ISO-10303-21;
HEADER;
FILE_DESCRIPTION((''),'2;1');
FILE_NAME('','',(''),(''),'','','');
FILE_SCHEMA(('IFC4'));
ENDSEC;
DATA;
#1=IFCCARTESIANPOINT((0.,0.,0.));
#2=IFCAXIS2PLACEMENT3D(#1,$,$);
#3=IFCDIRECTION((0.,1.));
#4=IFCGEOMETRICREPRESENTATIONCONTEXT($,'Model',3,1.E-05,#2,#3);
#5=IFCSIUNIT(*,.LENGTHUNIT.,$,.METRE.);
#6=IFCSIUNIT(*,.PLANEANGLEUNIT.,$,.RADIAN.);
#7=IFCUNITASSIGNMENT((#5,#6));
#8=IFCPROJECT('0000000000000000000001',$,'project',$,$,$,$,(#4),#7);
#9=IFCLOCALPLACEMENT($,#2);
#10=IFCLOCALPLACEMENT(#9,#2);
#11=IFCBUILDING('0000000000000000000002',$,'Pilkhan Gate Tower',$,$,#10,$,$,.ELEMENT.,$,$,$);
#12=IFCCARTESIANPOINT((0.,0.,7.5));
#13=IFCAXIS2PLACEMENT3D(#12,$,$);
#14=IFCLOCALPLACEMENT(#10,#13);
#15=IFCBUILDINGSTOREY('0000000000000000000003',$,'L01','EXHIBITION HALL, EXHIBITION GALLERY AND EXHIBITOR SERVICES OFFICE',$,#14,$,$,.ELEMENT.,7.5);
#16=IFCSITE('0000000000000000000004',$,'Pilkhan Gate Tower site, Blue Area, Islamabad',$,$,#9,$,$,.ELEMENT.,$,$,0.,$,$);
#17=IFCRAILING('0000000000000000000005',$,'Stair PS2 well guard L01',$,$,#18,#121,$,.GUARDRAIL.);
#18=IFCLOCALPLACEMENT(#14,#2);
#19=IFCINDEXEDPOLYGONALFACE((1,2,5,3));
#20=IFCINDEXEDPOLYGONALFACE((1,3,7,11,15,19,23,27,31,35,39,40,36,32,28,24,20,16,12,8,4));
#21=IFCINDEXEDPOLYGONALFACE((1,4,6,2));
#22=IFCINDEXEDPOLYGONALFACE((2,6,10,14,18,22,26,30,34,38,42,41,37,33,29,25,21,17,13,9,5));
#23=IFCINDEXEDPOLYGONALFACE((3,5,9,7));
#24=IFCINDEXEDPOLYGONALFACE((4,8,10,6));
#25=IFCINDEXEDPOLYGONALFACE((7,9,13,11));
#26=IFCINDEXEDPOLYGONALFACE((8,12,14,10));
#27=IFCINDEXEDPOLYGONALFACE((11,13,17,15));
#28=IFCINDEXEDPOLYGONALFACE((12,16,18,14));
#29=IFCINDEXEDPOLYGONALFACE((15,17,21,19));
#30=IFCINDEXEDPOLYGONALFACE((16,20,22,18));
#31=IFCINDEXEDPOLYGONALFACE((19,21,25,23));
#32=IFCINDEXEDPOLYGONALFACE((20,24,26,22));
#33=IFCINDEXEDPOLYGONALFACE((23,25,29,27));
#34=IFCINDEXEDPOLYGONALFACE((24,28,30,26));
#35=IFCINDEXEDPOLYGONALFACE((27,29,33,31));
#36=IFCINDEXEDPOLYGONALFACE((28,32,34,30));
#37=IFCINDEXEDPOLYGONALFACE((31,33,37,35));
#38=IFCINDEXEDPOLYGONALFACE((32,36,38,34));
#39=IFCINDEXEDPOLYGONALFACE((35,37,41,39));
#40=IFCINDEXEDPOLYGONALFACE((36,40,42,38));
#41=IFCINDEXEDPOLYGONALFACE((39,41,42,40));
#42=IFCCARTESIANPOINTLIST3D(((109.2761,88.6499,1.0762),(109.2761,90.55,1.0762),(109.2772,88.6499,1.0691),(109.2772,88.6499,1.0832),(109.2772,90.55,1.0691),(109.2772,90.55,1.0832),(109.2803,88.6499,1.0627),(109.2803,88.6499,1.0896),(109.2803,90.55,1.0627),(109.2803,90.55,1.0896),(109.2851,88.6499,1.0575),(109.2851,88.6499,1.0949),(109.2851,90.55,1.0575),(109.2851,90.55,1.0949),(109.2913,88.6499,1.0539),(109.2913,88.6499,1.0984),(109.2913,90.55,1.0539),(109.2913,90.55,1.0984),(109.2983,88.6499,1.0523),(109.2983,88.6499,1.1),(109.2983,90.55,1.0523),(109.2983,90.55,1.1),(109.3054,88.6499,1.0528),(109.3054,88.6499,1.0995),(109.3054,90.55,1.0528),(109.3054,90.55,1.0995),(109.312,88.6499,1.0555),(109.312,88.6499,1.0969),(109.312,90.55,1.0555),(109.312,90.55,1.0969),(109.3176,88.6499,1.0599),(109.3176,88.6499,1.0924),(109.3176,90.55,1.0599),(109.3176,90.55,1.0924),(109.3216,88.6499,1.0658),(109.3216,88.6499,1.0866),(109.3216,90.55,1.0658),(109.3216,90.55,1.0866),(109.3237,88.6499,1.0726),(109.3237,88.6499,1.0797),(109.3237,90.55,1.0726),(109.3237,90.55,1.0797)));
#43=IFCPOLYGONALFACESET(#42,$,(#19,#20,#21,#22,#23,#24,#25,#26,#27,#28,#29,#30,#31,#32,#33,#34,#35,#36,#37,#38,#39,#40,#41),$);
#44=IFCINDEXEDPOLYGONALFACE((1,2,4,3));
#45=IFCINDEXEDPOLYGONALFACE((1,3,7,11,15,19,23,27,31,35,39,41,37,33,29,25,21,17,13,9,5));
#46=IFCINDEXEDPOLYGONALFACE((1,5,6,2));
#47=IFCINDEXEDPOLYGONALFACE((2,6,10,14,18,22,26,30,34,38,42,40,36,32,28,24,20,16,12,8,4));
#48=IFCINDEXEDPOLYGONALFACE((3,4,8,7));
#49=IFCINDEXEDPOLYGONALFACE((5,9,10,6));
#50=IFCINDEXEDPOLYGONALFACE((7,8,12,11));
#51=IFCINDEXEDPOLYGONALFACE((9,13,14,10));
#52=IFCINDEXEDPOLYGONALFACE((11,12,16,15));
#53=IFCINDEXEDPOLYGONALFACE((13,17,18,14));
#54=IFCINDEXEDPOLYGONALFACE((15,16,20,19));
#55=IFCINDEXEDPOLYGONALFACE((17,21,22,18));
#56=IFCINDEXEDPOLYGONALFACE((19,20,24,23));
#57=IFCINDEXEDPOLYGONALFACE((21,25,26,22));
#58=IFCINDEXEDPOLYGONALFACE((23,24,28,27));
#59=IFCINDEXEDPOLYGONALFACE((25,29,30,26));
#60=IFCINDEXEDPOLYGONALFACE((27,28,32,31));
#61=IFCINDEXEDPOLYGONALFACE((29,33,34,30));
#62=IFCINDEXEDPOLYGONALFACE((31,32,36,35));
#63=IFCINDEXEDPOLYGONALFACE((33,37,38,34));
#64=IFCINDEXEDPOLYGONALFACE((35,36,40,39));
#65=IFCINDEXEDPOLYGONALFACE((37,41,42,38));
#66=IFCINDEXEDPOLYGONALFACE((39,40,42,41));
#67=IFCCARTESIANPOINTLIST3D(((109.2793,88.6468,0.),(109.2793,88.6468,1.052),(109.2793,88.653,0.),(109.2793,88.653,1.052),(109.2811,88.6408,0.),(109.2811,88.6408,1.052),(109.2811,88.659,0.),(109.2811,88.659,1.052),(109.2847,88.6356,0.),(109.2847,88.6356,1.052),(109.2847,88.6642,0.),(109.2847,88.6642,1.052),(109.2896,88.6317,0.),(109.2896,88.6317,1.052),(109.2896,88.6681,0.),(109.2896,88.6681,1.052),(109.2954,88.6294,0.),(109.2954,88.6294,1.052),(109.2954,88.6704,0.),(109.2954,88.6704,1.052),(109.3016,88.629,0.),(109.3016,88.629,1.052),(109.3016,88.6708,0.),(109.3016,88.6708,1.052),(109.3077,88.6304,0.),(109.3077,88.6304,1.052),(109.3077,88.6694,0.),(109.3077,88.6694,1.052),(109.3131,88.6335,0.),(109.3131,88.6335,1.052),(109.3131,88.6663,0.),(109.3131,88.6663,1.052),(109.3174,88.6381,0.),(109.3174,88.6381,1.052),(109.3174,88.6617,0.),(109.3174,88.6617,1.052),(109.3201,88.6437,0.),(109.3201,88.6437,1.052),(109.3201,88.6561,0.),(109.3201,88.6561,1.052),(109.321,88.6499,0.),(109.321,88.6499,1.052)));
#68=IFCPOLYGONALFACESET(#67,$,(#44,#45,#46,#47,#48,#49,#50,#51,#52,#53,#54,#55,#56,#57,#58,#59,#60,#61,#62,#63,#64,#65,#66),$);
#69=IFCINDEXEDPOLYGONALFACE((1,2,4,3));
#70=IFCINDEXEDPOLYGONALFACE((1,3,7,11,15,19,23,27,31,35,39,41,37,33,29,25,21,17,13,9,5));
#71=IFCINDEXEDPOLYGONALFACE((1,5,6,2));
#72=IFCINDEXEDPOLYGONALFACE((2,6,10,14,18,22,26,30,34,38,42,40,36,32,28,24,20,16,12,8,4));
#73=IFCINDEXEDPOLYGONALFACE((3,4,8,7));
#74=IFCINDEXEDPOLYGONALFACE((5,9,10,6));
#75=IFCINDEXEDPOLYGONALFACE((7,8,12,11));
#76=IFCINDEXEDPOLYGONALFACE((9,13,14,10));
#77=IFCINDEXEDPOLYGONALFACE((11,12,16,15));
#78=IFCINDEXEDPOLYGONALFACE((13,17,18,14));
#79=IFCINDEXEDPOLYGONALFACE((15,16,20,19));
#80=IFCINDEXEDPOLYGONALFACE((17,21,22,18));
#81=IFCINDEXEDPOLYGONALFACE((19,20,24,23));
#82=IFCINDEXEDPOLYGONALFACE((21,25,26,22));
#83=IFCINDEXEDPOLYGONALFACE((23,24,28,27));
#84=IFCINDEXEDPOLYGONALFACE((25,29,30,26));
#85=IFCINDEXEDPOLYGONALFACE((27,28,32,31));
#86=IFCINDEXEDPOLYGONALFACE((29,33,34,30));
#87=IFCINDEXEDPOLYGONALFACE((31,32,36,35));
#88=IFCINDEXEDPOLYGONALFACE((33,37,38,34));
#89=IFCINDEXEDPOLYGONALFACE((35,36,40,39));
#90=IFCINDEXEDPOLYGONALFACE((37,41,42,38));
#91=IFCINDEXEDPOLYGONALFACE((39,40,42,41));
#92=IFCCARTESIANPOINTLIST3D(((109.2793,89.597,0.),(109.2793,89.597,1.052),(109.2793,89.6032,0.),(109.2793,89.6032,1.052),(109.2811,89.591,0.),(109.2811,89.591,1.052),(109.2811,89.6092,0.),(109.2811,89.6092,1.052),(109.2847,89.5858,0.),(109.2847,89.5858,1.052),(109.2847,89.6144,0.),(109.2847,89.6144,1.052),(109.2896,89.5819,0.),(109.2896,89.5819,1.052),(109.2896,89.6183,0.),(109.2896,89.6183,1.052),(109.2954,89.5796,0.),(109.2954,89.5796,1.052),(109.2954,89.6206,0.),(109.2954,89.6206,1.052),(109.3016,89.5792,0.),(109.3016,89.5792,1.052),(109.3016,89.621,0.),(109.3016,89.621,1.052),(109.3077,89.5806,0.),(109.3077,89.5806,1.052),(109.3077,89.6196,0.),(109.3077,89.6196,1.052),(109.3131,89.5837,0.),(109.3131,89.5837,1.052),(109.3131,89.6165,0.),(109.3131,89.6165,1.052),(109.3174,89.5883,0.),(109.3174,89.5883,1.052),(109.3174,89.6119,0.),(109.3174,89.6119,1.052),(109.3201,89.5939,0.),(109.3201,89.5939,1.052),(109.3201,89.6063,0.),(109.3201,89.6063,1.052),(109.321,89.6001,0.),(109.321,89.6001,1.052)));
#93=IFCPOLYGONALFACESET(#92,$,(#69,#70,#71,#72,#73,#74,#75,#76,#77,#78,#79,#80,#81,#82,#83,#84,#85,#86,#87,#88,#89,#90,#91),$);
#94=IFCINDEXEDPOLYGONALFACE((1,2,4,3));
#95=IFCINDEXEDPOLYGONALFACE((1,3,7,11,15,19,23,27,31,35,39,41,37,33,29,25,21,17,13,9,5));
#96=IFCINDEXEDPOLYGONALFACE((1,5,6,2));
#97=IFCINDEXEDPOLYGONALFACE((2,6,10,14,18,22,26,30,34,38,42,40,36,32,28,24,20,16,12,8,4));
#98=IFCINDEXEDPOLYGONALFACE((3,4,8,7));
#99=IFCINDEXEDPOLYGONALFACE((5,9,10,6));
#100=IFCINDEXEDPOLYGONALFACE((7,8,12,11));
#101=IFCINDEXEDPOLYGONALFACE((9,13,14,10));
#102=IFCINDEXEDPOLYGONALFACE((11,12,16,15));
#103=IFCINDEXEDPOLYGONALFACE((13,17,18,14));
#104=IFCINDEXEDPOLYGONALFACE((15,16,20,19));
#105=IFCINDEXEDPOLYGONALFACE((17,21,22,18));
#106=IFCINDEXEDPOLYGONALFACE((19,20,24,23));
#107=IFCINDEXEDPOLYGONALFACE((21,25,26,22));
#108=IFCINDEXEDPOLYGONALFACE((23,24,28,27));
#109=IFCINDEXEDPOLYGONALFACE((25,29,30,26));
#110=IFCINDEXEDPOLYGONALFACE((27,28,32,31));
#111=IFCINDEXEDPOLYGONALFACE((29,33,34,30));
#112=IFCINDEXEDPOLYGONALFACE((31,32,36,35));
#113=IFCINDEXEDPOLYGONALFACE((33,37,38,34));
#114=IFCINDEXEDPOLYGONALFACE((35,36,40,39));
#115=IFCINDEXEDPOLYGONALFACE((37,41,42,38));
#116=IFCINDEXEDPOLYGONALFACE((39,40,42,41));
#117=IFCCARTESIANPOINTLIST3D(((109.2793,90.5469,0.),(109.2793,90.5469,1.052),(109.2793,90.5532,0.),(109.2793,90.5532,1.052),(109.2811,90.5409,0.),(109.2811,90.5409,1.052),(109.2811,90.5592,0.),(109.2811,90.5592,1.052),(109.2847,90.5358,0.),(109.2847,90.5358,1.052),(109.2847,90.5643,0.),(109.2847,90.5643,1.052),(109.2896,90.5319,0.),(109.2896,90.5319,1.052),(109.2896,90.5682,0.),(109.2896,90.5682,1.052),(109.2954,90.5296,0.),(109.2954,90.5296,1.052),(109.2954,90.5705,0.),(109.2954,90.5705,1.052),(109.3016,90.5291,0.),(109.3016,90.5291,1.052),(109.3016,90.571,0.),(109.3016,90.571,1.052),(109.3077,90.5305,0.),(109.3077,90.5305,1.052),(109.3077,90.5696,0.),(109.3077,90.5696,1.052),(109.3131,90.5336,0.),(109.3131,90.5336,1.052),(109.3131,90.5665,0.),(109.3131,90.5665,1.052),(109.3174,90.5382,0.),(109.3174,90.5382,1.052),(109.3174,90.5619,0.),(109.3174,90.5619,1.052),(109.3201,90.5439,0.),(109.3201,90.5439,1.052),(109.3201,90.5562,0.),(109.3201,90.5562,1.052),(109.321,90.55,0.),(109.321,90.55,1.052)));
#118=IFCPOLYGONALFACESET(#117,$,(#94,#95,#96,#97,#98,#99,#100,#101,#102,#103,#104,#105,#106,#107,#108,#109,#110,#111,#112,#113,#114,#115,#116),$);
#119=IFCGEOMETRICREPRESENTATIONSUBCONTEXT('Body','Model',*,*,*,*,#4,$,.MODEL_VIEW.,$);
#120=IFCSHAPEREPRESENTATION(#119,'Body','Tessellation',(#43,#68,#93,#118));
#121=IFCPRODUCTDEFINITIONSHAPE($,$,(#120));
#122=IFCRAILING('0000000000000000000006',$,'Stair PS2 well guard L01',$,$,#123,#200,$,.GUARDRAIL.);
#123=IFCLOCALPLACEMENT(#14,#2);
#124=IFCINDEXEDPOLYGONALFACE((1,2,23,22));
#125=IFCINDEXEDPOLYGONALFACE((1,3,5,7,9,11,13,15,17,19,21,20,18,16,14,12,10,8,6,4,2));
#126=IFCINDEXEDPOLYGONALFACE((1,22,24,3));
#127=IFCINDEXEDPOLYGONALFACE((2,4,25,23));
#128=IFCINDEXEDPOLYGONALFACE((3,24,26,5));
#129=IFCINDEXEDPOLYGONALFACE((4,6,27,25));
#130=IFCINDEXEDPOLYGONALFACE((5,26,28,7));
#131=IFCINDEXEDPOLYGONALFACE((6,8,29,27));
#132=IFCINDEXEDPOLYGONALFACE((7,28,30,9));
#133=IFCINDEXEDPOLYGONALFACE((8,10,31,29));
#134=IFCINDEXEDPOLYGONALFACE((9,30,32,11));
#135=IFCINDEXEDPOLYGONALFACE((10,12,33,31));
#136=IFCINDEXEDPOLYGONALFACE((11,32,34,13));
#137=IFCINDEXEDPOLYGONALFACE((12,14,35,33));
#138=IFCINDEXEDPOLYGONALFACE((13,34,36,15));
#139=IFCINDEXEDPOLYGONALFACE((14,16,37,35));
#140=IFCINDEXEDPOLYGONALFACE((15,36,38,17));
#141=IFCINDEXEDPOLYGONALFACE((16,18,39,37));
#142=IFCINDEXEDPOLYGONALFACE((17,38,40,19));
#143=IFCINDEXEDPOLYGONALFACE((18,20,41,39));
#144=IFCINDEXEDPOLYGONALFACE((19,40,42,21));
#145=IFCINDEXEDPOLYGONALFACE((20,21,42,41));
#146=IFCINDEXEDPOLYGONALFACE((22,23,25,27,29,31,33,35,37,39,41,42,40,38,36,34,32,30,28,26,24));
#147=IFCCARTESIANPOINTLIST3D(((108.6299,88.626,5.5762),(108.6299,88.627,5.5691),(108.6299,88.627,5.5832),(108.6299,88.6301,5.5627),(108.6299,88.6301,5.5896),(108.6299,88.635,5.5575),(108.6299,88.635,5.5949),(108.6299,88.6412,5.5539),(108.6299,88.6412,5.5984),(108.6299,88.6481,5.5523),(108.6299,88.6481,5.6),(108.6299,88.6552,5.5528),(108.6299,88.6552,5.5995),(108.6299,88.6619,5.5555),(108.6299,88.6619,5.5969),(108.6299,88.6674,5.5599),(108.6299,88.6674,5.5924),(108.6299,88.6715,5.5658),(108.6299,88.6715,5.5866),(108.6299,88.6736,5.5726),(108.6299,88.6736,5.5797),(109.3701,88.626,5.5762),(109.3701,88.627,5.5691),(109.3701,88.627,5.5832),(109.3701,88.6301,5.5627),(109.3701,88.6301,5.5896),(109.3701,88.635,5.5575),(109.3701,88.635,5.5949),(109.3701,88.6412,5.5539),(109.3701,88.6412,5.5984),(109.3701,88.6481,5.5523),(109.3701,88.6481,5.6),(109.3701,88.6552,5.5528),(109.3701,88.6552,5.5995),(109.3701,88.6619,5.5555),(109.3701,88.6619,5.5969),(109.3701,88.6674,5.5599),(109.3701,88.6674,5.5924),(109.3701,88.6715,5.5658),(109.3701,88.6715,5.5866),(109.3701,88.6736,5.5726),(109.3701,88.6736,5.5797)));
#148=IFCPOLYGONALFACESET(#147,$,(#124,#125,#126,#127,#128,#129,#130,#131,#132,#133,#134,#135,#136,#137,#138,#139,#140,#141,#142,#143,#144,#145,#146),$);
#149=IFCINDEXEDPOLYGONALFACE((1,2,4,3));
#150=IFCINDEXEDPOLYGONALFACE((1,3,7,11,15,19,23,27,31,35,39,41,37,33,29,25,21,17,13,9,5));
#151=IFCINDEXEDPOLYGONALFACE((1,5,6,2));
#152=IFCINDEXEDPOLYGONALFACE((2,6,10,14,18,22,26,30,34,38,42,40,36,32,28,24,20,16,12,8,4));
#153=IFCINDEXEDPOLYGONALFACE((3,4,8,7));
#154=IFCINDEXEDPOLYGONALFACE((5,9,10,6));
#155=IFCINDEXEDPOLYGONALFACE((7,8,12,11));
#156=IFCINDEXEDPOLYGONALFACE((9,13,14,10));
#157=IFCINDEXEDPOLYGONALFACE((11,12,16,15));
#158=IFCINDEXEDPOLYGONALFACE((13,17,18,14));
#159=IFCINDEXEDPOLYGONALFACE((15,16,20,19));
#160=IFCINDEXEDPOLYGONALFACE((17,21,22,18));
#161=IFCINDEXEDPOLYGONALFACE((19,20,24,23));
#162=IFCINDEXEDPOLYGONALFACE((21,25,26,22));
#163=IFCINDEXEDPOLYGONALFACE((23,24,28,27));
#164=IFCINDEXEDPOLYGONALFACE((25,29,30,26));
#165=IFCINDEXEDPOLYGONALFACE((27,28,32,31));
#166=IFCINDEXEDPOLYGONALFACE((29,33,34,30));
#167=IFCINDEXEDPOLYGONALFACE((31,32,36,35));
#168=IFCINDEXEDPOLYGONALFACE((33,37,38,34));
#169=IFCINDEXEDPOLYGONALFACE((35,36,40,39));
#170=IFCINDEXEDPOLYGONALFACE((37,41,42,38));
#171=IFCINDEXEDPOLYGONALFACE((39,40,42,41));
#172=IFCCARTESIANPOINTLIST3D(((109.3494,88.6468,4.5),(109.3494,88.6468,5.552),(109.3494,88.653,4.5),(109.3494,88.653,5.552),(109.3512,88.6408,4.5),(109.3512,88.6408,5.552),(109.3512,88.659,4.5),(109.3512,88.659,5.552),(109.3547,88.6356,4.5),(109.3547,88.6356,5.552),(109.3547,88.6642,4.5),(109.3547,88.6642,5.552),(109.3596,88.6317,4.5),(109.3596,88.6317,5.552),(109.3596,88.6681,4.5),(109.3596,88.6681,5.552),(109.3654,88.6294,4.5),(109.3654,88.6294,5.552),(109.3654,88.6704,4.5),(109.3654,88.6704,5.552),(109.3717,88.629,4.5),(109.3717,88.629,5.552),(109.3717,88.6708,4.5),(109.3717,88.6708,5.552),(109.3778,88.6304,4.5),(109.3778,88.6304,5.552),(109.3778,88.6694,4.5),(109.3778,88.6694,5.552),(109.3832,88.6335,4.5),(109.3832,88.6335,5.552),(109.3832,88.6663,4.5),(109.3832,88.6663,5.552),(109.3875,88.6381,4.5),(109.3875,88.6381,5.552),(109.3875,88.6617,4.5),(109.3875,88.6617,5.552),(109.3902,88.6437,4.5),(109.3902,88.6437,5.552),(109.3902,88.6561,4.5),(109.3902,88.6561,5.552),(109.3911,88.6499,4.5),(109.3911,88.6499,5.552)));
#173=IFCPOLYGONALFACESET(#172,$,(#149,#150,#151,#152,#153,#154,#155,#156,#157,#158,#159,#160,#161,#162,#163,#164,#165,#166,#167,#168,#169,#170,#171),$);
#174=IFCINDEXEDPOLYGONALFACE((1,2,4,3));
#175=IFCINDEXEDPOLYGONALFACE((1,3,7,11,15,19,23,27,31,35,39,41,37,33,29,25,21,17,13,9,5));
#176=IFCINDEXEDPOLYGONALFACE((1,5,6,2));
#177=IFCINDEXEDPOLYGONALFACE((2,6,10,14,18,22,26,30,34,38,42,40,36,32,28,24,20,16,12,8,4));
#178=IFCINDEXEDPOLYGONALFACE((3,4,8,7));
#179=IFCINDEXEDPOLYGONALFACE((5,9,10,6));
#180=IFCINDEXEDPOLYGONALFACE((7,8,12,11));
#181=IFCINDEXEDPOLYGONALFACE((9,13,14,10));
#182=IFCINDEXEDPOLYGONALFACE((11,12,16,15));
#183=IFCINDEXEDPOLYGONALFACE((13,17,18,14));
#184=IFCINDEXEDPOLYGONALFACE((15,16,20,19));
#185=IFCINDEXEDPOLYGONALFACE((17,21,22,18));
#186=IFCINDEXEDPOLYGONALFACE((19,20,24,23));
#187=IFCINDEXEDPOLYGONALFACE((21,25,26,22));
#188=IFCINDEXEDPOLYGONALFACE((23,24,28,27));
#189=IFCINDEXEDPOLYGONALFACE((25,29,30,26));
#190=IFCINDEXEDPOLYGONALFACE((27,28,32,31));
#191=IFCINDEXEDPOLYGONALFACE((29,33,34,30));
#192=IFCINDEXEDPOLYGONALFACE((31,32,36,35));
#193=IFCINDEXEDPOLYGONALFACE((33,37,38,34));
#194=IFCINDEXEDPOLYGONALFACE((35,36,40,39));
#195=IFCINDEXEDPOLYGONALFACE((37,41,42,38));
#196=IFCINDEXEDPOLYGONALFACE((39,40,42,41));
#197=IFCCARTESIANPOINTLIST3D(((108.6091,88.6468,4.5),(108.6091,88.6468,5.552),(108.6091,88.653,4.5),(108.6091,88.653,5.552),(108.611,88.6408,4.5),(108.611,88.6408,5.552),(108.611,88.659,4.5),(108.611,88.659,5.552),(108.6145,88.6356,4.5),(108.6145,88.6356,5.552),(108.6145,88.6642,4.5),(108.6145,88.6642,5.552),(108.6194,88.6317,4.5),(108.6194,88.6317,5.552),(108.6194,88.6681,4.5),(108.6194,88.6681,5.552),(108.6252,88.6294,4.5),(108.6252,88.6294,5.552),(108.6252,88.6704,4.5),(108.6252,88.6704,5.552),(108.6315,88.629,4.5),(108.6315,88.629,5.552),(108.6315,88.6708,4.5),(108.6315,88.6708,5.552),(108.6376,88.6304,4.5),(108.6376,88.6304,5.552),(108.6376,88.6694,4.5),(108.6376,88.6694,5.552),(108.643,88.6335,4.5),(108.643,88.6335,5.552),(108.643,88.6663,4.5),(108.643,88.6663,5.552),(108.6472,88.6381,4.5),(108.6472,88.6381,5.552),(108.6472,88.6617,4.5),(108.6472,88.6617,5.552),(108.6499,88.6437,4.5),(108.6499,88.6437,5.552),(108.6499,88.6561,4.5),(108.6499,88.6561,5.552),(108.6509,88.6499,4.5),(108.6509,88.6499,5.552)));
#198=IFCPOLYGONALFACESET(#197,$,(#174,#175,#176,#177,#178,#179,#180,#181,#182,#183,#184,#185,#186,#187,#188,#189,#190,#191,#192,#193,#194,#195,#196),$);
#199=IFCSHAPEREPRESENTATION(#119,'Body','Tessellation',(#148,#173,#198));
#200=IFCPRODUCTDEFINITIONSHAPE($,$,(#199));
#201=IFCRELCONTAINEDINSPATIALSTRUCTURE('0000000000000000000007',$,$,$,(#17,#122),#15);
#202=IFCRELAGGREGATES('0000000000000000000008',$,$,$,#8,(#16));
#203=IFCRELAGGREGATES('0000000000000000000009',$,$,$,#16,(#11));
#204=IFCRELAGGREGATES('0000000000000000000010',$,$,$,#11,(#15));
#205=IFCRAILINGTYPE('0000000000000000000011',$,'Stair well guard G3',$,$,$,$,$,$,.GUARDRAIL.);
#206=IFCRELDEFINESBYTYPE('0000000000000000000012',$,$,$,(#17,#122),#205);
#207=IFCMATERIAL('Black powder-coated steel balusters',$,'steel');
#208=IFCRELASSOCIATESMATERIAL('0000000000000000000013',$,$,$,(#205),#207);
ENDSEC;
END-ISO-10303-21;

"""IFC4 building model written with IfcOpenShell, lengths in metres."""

from ifc_helpers import new_model, si_unit, direction, frame, origin, origin_2d, place, context, subcontext, project, spatial, circle, extrude, material, type_object, element, save


model = new_model("IFC4")

# Units and contexts
model_context = context("Model", 3, precision=1e-05, world=origin(), true_north=direction((0.0, 1.0)))
body_context = subcontext(model_context, "Body", "Model", "MODEL_VIEW")
ifc_project = project(units=[si_unit("LENGTHUNIT", "METRE"), si_unit("PLANEANGLEUNIT", "RADIAN")], contexts=[model_context])

# Site, building, storey
site_placement = place(None, origin())
site = spatial("IfcSite", under=ifc_project, at=site_placement, Name="Pilkhan Gate Tower site, Blue Area, Islamabad", CompositionType="ELEMENT", RefElevation=0.0)
building_placement = place(site_placement, origin())
building = spatial("IfcBuilding", under=site, at=building_placement, Name="Pilkhan Gate Tower", CompositionType="ELEMENT")
storey_placement = place(building_placement, frame((0.0, 0.0, 7.5)))
storey = spatial("IfcBuildingStorey", under=building, at=storey_placement, Name="L01", Description="EXHIBITION HALL, EXHIBITION GALLERY AND EXHIBITOR SERVICES OFFICE", CompositionType="ELEMENT", Elevation=7.5)

# Railings
ifc_material_1 = material(Name="Black powder-coated steel balusters", Category="steel")
railing_type = type_object("IfcRailingType", Name="Stair well guard G3", PredefinedType="GUARDRAIL", material=ifc_material_1)
railing_1_placement = place(storey_placement, frame((109.3, 88.6499, 0.0)))
element("IfcRailing", 1, at=railing_1_placement, inside=storey, type_object=railing_type, Name="Stair PS2 well guard L01", PredefinedType="GUARDRAIL", context=body_context, shape_type="SweptSolid", body=[
    extrude(circle(Radius=0.0239, at=origin_2d()), frame((0.0, 0.0, 1.0762), z_axis=(0.0, 1.0, 0.0), x_axis=(-1.0, 0.0, 0.0)), (0.0, 0.0, 1.0), 1.9001),
    extrude(circle(Radius=0.021, at=origin_2d()), origin(), (0.0, 0.0, 1.0), 1.052),
    extrude(circle(Radius=0.021, at=origin_2d()), frame((0.0, 0.9502, 0.0)), (0.0, 0.0, 1.0), 1.052),
    extrude(circle(Radius=0.021, at=origin_2d()), frame((0.0, 1.9001, 0.0)), (0.0, 0.0, 1.0), 1.052),
])
railing_2_placement = place(storey_placement, frame((109.3701, 88.6499, 4.5)))
element("IfcRailing", 2, at=railing_2_placement, inside=storey, type_object=railing_type, Name="Stair PS2 well guard L01", PredefinedType="GUARDRAIL", context=body_context, shape_type="SweptSolid", body=[
    extrude(circle(Radius=0.0239, at=origin_2d()), frame((0.0, 0.0, 1.0762), z_axis=(-1.0, 0.0, 0.0), x_axis=(0.0, -1.0, 0.0)), (0.0, 0.0, 1.0), 0.7402),
    extrude(circle(Radius=0.021, at=origin_2d()), origin(), (0.0, 0.0, 1.0), 1.052),
    extrude(circle(Radius=0.021, at=origin_2d()), frame((-0.7402, 0.0, 0.0)), (0.0, 0.0, 1.0), 1.052),
])

save(model, "model.ifc")
